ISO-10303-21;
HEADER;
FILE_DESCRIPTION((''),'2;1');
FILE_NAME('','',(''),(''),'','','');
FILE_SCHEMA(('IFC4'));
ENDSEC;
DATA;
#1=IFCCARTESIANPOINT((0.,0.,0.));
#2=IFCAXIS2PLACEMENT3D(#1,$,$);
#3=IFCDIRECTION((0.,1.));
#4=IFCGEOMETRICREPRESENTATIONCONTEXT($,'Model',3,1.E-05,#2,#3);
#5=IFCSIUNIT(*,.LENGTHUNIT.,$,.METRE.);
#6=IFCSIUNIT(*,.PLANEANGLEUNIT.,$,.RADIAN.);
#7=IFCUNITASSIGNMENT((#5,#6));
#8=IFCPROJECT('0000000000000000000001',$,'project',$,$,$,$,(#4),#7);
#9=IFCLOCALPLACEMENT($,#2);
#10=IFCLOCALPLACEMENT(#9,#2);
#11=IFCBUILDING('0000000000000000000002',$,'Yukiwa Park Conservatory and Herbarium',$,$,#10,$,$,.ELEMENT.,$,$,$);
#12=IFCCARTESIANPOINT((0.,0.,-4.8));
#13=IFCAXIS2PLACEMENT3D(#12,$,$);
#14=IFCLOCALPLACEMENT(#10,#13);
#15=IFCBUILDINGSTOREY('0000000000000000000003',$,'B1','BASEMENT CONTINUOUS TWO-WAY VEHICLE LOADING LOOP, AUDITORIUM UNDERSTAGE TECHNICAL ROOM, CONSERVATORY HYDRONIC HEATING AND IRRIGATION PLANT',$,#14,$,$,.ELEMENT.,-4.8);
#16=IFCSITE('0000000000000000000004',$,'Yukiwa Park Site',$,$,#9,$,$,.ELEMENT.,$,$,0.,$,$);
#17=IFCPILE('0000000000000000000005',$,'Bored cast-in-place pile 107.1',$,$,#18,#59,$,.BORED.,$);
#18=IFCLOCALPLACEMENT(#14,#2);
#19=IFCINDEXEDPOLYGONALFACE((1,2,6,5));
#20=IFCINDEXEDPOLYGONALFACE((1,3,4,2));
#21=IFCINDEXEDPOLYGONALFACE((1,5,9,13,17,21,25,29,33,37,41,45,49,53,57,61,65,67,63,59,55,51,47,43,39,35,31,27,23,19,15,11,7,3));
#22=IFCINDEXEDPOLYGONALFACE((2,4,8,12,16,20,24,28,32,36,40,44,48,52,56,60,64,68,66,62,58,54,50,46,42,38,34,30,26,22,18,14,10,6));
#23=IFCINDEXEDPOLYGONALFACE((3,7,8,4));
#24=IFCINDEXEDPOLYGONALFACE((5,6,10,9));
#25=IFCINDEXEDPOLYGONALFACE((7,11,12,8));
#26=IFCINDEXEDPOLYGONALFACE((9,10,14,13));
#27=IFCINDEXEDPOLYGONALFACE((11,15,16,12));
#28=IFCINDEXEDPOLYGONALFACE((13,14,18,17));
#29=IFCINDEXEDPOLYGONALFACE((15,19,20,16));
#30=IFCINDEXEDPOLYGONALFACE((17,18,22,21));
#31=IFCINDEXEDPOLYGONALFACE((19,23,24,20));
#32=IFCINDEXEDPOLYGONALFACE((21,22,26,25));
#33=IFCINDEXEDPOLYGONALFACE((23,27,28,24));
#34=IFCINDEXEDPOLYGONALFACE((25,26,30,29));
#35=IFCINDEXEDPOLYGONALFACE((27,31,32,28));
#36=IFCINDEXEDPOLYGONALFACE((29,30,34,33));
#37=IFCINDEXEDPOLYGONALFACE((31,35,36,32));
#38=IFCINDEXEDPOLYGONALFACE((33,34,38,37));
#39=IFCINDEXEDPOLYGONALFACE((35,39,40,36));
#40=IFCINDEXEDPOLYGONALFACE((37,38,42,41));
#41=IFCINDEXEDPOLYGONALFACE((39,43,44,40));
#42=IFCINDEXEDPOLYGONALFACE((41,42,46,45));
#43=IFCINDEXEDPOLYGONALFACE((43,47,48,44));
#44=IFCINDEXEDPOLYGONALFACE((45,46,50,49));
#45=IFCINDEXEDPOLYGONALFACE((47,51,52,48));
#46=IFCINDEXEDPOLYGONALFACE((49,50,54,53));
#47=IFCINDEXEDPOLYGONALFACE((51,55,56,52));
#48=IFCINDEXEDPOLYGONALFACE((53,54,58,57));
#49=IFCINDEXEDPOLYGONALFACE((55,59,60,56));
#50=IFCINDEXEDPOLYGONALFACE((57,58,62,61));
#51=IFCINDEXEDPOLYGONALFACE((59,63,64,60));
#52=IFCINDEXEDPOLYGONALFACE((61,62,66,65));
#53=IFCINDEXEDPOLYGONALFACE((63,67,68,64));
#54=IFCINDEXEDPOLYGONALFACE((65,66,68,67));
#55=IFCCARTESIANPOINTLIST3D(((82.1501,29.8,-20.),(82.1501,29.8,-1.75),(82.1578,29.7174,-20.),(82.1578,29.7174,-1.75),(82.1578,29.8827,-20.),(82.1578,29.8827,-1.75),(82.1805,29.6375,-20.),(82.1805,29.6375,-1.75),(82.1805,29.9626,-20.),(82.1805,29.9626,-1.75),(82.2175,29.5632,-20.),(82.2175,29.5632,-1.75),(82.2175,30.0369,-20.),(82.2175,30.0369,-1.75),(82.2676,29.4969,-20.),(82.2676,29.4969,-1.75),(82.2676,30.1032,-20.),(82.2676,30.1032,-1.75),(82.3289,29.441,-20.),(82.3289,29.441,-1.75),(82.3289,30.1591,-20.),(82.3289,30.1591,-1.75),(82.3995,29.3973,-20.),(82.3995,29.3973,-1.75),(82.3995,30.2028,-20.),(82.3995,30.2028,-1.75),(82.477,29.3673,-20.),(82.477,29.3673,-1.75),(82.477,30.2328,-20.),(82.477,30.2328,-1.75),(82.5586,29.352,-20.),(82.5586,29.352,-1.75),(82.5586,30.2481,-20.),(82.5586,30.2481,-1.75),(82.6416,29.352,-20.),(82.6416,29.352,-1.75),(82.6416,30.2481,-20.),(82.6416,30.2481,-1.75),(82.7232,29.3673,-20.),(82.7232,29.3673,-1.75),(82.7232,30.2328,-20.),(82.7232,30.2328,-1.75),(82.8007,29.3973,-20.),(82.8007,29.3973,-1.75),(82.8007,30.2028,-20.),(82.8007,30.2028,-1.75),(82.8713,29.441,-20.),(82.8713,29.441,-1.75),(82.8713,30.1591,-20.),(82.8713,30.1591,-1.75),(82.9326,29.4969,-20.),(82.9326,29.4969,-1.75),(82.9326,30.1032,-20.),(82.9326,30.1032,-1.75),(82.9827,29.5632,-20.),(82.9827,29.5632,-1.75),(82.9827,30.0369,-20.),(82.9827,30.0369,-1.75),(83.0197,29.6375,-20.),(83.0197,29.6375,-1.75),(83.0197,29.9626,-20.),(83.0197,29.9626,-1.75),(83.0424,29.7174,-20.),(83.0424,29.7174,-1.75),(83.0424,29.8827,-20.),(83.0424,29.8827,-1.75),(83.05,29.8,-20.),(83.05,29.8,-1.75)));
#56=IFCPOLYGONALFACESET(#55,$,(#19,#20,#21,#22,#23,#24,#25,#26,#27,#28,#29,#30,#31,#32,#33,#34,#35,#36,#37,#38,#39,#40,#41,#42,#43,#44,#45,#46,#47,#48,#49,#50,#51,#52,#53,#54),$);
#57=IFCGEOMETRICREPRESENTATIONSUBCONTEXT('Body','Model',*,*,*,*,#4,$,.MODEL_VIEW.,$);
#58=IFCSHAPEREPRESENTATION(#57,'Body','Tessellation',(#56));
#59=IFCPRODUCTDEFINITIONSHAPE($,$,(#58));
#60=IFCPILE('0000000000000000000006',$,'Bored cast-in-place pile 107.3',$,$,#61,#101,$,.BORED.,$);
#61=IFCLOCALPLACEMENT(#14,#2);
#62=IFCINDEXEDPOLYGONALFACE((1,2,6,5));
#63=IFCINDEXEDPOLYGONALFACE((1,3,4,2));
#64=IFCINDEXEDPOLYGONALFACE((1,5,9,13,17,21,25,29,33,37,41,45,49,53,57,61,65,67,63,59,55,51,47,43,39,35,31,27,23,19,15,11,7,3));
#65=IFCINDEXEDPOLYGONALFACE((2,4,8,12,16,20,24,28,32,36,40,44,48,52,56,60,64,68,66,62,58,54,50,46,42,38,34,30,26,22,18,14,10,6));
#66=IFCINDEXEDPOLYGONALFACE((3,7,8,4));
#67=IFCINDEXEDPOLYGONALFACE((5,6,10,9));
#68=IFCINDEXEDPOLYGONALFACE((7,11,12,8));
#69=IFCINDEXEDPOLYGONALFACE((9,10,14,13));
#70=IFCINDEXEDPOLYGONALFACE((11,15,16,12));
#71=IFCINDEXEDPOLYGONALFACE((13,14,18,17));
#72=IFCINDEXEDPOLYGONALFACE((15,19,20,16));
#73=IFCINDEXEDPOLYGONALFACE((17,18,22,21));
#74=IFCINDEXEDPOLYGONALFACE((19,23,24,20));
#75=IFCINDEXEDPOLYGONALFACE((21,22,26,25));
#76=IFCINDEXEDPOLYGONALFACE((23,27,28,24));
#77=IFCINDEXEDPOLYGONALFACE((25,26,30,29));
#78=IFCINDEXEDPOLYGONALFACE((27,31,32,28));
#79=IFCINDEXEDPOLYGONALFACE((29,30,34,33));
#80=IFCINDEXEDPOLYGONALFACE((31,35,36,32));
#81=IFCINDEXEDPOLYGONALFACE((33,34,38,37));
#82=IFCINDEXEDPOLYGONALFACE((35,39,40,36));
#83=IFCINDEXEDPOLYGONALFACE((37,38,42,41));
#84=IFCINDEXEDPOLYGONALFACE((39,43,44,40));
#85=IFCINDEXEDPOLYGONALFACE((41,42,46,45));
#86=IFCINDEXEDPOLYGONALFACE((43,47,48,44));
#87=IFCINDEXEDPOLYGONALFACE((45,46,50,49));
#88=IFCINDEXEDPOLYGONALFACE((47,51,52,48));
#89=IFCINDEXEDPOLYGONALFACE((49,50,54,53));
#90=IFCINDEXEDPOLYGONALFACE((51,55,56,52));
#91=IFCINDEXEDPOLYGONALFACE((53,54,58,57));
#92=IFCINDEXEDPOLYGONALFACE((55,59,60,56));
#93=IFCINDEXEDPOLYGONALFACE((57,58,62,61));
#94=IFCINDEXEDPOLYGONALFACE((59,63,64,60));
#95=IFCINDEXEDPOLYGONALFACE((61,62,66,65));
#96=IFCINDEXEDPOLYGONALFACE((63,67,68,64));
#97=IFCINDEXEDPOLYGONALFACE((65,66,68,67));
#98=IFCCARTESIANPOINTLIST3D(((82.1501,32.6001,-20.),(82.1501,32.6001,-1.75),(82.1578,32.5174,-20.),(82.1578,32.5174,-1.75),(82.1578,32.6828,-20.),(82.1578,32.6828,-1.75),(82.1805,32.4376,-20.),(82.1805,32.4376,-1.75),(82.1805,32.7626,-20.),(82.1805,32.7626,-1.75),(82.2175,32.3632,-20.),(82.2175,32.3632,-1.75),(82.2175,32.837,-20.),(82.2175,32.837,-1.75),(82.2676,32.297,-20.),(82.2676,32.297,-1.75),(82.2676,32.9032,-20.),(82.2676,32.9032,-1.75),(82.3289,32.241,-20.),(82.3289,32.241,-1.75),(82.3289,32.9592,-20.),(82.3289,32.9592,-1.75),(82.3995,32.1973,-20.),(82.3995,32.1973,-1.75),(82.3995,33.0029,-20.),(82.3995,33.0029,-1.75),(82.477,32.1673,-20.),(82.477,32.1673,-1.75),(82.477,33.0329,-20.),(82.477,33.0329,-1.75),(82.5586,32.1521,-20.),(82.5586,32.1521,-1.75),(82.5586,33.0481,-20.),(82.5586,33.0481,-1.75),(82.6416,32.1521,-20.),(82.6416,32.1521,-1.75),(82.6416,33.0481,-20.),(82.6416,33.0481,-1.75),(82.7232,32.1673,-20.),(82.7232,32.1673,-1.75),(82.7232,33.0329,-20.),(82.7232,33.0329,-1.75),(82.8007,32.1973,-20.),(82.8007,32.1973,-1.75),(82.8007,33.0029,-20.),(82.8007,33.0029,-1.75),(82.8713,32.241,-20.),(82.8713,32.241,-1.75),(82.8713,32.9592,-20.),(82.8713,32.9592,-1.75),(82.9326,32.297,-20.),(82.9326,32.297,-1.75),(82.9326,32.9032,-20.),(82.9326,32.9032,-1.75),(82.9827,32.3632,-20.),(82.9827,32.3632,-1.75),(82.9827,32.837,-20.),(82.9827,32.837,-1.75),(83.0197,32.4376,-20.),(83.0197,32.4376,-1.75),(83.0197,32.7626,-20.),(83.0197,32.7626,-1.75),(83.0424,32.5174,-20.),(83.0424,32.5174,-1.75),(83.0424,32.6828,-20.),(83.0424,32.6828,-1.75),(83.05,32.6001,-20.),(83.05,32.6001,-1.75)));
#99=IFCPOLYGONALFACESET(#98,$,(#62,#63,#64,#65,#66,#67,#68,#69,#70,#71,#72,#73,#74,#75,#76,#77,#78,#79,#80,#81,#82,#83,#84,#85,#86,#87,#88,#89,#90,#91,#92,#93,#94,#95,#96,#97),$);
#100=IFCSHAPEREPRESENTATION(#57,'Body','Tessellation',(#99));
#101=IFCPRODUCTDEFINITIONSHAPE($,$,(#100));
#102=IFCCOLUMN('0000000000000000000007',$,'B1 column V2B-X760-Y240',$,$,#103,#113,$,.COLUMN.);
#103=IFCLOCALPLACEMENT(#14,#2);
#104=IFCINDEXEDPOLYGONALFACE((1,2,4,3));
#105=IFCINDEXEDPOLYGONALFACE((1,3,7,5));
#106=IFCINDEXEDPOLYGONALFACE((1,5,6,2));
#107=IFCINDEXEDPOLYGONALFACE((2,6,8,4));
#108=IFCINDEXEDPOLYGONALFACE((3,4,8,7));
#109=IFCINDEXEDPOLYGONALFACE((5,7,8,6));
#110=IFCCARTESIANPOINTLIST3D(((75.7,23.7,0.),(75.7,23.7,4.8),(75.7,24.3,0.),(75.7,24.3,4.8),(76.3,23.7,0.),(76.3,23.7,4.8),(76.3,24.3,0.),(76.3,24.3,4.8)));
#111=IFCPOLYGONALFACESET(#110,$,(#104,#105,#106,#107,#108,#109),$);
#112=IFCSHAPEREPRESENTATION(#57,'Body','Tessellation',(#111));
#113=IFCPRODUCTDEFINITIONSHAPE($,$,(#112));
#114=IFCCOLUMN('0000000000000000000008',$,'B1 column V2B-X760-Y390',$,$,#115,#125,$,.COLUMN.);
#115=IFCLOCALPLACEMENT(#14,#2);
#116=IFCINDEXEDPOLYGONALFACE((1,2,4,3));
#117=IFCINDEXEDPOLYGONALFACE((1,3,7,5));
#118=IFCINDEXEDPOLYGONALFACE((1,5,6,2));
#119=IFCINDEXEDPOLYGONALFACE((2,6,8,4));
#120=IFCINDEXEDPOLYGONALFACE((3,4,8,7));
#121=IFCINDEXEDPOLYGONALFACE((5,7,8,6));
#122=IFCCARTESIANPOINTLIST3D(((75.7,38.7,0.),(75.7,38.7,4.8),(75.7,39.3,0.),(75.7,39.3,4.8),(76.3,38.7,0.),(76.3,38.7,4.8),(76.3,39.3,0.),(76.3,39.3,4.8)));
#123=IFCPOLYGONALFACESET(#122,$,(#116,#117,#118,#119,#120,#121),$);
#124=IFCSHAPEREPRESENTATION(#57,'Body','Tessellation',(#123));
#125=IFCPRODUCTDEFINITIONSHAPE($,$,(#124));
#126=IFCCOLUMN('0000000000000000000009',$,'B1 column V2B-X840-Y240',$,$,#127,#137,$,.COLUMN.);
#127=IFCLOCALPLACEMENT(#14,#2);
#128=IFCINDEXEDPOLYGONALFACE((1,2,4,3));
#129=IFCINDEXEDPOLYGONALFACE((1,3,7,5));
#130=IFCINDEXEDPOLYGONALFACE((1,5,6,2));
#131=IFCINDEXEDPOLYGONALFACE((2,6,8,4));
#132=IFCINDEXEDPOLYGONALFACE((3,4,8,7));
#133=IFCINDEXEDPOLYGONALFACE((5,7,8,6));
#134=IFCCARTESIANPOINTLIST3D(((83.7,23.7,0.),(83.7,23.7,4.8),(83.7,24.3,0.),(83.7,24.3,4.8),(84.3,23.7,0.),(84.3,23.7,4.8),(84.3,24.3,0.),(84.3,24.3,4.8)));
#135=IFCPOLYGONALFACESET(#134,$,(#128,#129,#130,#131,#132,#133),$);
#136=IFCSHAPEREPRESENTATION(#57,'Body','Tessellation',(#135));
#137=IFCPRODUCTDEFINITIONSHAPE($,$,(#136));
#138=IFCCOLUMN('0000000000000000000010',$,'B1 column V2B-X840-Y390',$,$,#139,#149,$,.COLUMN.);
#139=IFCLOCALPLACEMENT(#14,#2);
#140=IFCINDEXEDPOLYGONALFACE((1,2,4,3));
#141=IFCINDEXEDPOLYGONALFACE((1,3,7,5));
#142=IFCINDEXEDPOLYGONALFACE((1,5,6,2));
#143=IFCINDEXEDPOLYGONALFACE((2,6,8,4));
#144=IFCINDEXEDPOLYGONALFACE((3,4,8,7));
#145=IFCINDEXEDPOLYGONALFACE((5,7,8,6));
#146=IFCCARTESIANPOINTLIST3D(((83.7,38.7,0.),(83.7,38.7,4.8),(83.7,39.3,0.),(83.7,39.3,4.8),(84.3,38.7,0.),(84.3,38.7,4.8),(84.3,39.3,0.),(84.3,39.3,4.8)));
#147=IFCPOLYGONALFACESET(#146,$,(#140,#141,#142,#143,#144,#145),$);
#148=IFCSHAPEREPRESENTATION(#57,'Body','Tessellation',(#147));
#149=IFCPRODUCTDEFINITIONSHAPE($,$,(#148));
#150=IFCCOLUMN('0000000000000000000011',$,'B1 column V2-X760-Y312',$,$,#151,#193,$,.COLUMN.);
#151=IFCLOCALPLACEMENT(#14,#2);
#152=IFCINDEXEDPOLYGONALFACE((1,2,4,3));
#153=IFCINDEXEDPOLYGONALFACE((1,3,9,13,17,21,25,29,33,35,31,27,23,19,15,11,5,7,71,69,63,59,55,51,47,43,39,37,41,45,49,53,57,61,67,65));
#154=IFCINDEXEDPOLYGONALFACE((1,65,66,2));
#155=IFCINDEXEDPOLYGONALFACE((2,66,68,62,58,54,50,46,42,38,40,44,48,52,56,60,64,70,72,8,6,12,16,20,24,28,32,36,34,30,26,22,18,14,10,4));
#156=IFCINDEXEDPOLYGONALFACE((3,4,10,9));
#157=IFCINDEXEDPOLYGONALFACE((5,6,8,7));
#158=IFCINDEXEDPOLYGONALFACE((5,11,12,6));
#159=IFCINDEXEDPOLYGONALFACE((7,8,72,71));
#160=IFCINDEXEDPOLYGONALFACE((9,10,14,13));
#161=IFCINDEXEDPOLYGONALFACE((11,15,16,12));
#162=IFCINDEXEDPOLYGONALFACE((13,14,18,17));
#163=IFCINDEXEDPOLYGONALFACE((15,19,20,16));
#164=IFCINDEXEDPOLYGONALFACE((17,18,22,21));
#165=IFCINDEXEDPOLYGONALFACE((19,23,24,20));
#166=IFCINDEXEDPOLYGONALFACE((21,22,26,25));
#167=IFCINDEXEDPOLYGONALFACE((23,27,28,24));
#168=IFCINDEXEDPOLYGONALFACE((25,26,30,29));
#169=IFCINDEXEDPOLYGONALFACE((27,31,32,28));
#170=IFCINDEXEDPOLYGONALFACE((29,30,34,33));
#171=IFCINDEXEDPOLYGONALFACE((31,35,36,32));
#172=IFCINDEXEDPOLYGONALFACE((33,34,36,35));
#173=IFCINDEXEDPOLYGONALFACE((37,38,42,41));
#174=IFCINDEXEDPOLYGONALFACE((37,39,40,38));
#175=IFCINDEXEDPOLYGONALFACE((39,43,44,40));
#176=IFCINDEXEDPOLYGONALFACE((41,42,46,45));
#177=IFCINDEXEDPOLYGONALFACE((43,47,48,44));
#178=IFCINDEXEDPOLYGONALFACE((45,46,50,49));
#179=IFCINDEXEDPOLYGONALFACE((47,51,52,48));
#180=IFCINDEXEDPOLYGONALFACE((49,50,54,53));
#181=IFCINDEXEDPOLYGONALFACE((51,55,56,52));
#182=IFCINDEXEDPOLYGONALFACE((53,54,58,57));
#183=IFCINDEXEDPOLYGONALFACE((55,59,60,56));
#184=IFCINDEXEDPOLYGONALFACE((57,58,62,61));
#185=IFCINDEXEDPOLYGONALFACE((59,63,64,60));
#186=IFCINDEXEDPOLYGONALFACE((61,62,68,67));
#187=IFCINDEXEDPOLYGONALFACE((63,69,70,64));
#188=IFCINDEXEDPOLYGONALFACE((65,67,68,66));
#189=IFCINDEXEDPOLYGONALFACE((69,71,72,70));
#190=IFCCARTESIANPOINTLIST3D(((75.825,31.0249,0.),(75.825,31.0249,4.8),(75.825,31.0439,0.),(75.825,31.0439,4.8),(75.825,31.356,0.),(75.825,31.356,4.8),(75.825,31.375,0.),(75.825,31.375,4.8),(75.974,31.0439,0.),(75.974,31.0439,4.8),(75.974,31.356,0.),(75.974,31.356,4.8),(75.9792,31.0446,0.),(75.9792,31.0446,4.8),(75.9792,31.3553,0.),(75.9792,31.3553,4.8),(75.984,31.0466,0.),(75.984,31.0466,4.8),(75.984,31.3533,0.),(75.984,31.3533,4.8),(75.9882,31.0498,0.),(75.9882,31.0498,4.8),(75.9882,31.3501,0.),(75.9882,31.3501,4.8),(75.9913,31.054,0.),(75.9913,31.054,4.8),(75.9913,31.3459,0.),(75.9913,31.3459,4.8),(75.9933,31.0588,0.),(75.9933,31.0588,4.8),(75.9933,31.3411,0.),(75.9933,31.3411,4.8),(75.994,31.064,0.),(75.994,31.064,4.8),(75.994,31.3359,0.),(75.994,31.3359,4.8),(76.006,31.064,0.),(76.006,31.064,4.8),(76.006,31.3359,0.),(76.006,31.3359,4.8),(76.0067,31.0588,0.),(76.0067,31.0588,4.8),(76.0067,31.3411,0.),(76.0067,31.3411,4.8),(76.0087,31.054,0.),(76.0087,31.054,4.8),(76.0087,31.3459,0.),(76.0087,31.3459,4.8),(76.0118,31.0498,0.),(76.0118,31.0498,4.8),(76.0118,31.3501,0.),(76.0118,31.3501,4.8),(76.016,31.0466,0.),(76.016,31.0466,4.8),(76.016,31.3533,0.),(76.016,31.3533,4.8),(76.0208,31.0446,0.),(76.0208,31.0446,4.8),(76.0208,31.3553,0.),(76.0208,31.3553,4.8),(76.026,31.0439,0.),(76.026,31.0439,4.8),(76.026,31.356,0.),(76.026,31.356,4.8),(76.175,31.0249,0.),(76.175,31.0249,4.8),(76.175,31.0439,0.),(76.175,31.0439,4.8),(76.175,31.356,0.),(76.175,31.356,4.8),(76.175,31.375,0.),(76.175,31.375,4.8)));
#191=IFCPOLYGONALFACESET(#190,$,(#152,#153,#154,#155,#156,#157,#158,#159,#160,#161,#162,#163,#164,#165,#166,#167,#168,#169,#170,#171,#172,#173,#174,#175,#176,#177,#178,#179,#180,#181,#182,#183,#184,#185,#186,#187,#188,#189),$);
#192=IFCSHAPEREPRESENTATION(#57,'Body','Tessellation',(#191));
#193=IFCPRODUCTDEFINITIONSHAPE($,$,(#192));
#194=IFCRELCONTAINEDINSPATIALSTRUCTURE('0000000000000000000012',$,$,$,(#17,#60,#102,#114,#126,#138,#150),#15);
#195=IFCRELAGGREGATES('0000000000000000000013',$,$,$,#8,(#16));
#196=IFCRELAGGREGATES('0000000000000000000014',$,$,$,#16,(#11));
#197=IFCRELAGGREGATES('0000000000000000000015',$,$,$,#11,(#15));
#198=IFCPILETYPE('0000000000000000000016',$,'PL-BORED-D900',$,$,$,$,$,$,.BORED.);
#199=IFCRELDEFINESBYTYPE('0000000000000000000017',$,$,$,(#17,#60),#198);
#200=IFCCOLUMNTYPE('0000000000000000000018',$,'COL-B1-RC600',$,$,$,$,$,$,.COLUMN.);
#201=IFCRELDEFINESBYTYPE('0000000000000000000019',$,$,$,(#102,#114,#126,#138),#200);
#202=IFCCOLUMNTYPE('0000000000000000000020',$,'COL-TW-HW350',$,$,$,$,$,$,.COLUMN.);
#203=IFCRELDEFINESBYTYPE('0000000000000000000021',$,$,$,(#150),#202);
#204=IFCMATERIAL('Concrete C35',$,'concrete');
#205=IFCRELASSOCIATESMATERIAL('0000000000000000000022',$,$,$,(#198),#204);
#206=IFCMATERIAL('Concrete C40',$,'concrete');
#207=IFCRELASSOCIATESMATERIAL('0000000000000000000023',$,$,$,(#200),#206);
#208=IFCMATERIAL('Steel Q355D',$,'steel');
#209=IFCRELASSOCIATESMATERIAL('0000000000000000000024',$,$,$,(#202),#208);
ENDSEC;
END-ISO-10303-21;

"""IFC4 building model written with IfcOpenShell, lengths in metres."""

from ifc_helpers import new_model, si_unit, direction, frame, origin, origin_2d, place, context, subcontext, project, spatial, rectangle, circle, i_section, extrude, material, material_profile, profile_set, type_object, element, save


model = new_model("IFC4")

# Units and contexts
model_context = context("Model", 3, precision=1e-05, world=origin(), true_north=direction((0.0, 1.0)))
body_context = subcontext(model_context, "Body", "Model", "MODEL_VIEW")
ifc_project = project(units=[si_unit("LENGTHUNIT", "METRE"), si_unit("PLANEANGLEUNIT", "RADIAN")], contexts=[model_context])

# Site, building, storey
site_placement = place(None, origin())
site = spatial("IfcSite", under=ifc_project, at=site_placement, Name="Yukiwa Park Site", CompositionType="ELEMENT", RefElevation=0.0)
building_placement = place(site_placement, origin())
building = spatial("IfcBuilding", under=site, at=building_placement, Name="Yukiwa Park Conservatory and Herbarium", CompositionType="ELEMENT")
storey_placement = place(building_placement, frame((0.0, 0.0, -4.8)))
storey = spatial("IfcBuildingStorey", under=building, at=storey_placement, Name="B1", Description="BASEMENT CONTINUOUS TWO-WAY VEHICLE LOADING LOOP, AUDITORIUM UNDERSTAGE TECHNICAL ROOM, CONSERVATORY HYDRONIC HEATING AND IRRIGATION PLANT", CompositionType="ELEMENT", Elevation=-4.8)

# Piles
ifc_material_1 = material(Name="Concrete C35", Category="concrete")
ifc_material_profile_1 = material_profile(ifc_material_1, circle(Radius=0.45, at=origin_2d()), Name="PILE D900")
ifc_profile_set_1 = profile_set([ifc_material_profile_1], Name="Concrete C35")
pile_type_1 = type_object("IfcPileType", Name="PL-BORED-D900", PredefinedType="BORED", material=ifc_profile_set_1)
for number, where, z_axis, x_axis, name in (
    (1, (82.6001, 29.8, -1.75), (0.0, 0.0, -1.0), (1.0, 0.0, 0.0), "Bored cast-in-place pile 107.1"),
    (2, (82.6001, 32.6001, -1.75), (0.0, 0.0, -1.0), (1.0, 0.0, 0.0), "Bored cast-in-place pile 107.3"),
):
    element("IfcPile", number, at=place(storey_placement, frame(where, z_axis=z_axis, x_axis=x_axis)), inside=storey, type_object=pile_type_1, Name=name, PredefinedType="BORED", context=body_context, shape_type="SweptSolid", body=[
        extrude(circle(Radius=0.45, at=origin_2d()), origin(), (0.0, 0.0, 1.0), 18.25),
    ])

# Columns
ifc_material_2 = material(Name="Concrete C40", Category="concrete")
ifc_material_profile_2 = material_profile(ifc_material_2, rectangle(XDim=0.6001, YDim=0.6001, at=origin_2d()), Name="RC 600x600")
ifc_profile_set_2 = profile_set([ifc_material_profile_2], Name="Concrete C40")
column_type_1 = type_object("IfcColumnType", Name="COL-B1-RC600", PredefinedType="COLUMN", material=ifc_profile_set_2)
for number, where, z_axis, x_axis, name in (
    (3, (76.0, 24.0, 0.0), (0.0, 0.0, 1.0), (1.0, 0.0, 0.0), "B1 column V2B-X760-Y240"),
    (4, (76.0, 39.0, 0.0), (0.0, 0.0, 1.0), (1.0, 0.0, 0.0), "B1 column V2B-X760-Y390"),
    (5, (84.0, 24.0, 0.0), (0.0, 0.0, 1.0), (1.0, 0.0, 0.0), "B1 column V2B-X840-Y240"),
    (6, (84.0, 39.0, 0.0), (0.0, 0.0, 1.0), (1.0, 0.0, 0.0), "B1 column V2B-X840-Y390"),
):
    element("IfcColumn", number, at=place(storey_placement, frame(where, z_axis=z_axis, x_axis=x_axis)), inside=storey, type_object=column_type_1, Name=name, PredefinedType="COLUMN", context=body_context, shape_type="SweptSolid", body=[
        extrude(rectangle(XDim=0.6001, YDim=0.6001, at=origin_2d()), origin(), (0.0, 0.0, 1.0), 4.8),
    ])
ifc_material_3 = material(Name="Steel Q355D", Category="steel")
ifc_material_profile_3 = material_profile(ifc_material_3, i_section(OverallWidth=0.3501, OverallDepth=0.3501, WebThickness=0.012, FlangeThickness=0.019, FilletRadius=0.02, at=origin_2d()), Name="HW 350x350x12x19")
ifc_profile_set_3 = profile_set([ifc_material_profile_3], Name="Steel Q355D")
column_type_2 = type_object("IfcColumnType", Name="COL-TW-HW350", PredefinedType="COLUMN", material=ifc_profile_set_3)
for number, where, z_axis, x_axis, name in (
    (7, (76.0, 31.2, 0.0), (0.0, 0.0, 1.0), (1.0, 0.0, 0.0), "B1 column V2-X760-Y312"),
):
    element("IfcColumn", number, at=place(storey_placement, frame(where, z_axis=z_axis, x_axis=x_axis)), inside=storey, type_object=column_type_2, Name=name, PredefinedType="COLUMN", context=body_context, shape_type="SweptSolid", body=[
        extrude(i_section(OverallWidth=0.3501, OverallDepth=0.3501, WebThickness=0.012, FlangeThickness=0.019, FilletRadius=0.02, at=origin_2d()), origin(), (0.0, 0.0, 1.0), 4.8),
    ])

save(model, "model.ifc")
